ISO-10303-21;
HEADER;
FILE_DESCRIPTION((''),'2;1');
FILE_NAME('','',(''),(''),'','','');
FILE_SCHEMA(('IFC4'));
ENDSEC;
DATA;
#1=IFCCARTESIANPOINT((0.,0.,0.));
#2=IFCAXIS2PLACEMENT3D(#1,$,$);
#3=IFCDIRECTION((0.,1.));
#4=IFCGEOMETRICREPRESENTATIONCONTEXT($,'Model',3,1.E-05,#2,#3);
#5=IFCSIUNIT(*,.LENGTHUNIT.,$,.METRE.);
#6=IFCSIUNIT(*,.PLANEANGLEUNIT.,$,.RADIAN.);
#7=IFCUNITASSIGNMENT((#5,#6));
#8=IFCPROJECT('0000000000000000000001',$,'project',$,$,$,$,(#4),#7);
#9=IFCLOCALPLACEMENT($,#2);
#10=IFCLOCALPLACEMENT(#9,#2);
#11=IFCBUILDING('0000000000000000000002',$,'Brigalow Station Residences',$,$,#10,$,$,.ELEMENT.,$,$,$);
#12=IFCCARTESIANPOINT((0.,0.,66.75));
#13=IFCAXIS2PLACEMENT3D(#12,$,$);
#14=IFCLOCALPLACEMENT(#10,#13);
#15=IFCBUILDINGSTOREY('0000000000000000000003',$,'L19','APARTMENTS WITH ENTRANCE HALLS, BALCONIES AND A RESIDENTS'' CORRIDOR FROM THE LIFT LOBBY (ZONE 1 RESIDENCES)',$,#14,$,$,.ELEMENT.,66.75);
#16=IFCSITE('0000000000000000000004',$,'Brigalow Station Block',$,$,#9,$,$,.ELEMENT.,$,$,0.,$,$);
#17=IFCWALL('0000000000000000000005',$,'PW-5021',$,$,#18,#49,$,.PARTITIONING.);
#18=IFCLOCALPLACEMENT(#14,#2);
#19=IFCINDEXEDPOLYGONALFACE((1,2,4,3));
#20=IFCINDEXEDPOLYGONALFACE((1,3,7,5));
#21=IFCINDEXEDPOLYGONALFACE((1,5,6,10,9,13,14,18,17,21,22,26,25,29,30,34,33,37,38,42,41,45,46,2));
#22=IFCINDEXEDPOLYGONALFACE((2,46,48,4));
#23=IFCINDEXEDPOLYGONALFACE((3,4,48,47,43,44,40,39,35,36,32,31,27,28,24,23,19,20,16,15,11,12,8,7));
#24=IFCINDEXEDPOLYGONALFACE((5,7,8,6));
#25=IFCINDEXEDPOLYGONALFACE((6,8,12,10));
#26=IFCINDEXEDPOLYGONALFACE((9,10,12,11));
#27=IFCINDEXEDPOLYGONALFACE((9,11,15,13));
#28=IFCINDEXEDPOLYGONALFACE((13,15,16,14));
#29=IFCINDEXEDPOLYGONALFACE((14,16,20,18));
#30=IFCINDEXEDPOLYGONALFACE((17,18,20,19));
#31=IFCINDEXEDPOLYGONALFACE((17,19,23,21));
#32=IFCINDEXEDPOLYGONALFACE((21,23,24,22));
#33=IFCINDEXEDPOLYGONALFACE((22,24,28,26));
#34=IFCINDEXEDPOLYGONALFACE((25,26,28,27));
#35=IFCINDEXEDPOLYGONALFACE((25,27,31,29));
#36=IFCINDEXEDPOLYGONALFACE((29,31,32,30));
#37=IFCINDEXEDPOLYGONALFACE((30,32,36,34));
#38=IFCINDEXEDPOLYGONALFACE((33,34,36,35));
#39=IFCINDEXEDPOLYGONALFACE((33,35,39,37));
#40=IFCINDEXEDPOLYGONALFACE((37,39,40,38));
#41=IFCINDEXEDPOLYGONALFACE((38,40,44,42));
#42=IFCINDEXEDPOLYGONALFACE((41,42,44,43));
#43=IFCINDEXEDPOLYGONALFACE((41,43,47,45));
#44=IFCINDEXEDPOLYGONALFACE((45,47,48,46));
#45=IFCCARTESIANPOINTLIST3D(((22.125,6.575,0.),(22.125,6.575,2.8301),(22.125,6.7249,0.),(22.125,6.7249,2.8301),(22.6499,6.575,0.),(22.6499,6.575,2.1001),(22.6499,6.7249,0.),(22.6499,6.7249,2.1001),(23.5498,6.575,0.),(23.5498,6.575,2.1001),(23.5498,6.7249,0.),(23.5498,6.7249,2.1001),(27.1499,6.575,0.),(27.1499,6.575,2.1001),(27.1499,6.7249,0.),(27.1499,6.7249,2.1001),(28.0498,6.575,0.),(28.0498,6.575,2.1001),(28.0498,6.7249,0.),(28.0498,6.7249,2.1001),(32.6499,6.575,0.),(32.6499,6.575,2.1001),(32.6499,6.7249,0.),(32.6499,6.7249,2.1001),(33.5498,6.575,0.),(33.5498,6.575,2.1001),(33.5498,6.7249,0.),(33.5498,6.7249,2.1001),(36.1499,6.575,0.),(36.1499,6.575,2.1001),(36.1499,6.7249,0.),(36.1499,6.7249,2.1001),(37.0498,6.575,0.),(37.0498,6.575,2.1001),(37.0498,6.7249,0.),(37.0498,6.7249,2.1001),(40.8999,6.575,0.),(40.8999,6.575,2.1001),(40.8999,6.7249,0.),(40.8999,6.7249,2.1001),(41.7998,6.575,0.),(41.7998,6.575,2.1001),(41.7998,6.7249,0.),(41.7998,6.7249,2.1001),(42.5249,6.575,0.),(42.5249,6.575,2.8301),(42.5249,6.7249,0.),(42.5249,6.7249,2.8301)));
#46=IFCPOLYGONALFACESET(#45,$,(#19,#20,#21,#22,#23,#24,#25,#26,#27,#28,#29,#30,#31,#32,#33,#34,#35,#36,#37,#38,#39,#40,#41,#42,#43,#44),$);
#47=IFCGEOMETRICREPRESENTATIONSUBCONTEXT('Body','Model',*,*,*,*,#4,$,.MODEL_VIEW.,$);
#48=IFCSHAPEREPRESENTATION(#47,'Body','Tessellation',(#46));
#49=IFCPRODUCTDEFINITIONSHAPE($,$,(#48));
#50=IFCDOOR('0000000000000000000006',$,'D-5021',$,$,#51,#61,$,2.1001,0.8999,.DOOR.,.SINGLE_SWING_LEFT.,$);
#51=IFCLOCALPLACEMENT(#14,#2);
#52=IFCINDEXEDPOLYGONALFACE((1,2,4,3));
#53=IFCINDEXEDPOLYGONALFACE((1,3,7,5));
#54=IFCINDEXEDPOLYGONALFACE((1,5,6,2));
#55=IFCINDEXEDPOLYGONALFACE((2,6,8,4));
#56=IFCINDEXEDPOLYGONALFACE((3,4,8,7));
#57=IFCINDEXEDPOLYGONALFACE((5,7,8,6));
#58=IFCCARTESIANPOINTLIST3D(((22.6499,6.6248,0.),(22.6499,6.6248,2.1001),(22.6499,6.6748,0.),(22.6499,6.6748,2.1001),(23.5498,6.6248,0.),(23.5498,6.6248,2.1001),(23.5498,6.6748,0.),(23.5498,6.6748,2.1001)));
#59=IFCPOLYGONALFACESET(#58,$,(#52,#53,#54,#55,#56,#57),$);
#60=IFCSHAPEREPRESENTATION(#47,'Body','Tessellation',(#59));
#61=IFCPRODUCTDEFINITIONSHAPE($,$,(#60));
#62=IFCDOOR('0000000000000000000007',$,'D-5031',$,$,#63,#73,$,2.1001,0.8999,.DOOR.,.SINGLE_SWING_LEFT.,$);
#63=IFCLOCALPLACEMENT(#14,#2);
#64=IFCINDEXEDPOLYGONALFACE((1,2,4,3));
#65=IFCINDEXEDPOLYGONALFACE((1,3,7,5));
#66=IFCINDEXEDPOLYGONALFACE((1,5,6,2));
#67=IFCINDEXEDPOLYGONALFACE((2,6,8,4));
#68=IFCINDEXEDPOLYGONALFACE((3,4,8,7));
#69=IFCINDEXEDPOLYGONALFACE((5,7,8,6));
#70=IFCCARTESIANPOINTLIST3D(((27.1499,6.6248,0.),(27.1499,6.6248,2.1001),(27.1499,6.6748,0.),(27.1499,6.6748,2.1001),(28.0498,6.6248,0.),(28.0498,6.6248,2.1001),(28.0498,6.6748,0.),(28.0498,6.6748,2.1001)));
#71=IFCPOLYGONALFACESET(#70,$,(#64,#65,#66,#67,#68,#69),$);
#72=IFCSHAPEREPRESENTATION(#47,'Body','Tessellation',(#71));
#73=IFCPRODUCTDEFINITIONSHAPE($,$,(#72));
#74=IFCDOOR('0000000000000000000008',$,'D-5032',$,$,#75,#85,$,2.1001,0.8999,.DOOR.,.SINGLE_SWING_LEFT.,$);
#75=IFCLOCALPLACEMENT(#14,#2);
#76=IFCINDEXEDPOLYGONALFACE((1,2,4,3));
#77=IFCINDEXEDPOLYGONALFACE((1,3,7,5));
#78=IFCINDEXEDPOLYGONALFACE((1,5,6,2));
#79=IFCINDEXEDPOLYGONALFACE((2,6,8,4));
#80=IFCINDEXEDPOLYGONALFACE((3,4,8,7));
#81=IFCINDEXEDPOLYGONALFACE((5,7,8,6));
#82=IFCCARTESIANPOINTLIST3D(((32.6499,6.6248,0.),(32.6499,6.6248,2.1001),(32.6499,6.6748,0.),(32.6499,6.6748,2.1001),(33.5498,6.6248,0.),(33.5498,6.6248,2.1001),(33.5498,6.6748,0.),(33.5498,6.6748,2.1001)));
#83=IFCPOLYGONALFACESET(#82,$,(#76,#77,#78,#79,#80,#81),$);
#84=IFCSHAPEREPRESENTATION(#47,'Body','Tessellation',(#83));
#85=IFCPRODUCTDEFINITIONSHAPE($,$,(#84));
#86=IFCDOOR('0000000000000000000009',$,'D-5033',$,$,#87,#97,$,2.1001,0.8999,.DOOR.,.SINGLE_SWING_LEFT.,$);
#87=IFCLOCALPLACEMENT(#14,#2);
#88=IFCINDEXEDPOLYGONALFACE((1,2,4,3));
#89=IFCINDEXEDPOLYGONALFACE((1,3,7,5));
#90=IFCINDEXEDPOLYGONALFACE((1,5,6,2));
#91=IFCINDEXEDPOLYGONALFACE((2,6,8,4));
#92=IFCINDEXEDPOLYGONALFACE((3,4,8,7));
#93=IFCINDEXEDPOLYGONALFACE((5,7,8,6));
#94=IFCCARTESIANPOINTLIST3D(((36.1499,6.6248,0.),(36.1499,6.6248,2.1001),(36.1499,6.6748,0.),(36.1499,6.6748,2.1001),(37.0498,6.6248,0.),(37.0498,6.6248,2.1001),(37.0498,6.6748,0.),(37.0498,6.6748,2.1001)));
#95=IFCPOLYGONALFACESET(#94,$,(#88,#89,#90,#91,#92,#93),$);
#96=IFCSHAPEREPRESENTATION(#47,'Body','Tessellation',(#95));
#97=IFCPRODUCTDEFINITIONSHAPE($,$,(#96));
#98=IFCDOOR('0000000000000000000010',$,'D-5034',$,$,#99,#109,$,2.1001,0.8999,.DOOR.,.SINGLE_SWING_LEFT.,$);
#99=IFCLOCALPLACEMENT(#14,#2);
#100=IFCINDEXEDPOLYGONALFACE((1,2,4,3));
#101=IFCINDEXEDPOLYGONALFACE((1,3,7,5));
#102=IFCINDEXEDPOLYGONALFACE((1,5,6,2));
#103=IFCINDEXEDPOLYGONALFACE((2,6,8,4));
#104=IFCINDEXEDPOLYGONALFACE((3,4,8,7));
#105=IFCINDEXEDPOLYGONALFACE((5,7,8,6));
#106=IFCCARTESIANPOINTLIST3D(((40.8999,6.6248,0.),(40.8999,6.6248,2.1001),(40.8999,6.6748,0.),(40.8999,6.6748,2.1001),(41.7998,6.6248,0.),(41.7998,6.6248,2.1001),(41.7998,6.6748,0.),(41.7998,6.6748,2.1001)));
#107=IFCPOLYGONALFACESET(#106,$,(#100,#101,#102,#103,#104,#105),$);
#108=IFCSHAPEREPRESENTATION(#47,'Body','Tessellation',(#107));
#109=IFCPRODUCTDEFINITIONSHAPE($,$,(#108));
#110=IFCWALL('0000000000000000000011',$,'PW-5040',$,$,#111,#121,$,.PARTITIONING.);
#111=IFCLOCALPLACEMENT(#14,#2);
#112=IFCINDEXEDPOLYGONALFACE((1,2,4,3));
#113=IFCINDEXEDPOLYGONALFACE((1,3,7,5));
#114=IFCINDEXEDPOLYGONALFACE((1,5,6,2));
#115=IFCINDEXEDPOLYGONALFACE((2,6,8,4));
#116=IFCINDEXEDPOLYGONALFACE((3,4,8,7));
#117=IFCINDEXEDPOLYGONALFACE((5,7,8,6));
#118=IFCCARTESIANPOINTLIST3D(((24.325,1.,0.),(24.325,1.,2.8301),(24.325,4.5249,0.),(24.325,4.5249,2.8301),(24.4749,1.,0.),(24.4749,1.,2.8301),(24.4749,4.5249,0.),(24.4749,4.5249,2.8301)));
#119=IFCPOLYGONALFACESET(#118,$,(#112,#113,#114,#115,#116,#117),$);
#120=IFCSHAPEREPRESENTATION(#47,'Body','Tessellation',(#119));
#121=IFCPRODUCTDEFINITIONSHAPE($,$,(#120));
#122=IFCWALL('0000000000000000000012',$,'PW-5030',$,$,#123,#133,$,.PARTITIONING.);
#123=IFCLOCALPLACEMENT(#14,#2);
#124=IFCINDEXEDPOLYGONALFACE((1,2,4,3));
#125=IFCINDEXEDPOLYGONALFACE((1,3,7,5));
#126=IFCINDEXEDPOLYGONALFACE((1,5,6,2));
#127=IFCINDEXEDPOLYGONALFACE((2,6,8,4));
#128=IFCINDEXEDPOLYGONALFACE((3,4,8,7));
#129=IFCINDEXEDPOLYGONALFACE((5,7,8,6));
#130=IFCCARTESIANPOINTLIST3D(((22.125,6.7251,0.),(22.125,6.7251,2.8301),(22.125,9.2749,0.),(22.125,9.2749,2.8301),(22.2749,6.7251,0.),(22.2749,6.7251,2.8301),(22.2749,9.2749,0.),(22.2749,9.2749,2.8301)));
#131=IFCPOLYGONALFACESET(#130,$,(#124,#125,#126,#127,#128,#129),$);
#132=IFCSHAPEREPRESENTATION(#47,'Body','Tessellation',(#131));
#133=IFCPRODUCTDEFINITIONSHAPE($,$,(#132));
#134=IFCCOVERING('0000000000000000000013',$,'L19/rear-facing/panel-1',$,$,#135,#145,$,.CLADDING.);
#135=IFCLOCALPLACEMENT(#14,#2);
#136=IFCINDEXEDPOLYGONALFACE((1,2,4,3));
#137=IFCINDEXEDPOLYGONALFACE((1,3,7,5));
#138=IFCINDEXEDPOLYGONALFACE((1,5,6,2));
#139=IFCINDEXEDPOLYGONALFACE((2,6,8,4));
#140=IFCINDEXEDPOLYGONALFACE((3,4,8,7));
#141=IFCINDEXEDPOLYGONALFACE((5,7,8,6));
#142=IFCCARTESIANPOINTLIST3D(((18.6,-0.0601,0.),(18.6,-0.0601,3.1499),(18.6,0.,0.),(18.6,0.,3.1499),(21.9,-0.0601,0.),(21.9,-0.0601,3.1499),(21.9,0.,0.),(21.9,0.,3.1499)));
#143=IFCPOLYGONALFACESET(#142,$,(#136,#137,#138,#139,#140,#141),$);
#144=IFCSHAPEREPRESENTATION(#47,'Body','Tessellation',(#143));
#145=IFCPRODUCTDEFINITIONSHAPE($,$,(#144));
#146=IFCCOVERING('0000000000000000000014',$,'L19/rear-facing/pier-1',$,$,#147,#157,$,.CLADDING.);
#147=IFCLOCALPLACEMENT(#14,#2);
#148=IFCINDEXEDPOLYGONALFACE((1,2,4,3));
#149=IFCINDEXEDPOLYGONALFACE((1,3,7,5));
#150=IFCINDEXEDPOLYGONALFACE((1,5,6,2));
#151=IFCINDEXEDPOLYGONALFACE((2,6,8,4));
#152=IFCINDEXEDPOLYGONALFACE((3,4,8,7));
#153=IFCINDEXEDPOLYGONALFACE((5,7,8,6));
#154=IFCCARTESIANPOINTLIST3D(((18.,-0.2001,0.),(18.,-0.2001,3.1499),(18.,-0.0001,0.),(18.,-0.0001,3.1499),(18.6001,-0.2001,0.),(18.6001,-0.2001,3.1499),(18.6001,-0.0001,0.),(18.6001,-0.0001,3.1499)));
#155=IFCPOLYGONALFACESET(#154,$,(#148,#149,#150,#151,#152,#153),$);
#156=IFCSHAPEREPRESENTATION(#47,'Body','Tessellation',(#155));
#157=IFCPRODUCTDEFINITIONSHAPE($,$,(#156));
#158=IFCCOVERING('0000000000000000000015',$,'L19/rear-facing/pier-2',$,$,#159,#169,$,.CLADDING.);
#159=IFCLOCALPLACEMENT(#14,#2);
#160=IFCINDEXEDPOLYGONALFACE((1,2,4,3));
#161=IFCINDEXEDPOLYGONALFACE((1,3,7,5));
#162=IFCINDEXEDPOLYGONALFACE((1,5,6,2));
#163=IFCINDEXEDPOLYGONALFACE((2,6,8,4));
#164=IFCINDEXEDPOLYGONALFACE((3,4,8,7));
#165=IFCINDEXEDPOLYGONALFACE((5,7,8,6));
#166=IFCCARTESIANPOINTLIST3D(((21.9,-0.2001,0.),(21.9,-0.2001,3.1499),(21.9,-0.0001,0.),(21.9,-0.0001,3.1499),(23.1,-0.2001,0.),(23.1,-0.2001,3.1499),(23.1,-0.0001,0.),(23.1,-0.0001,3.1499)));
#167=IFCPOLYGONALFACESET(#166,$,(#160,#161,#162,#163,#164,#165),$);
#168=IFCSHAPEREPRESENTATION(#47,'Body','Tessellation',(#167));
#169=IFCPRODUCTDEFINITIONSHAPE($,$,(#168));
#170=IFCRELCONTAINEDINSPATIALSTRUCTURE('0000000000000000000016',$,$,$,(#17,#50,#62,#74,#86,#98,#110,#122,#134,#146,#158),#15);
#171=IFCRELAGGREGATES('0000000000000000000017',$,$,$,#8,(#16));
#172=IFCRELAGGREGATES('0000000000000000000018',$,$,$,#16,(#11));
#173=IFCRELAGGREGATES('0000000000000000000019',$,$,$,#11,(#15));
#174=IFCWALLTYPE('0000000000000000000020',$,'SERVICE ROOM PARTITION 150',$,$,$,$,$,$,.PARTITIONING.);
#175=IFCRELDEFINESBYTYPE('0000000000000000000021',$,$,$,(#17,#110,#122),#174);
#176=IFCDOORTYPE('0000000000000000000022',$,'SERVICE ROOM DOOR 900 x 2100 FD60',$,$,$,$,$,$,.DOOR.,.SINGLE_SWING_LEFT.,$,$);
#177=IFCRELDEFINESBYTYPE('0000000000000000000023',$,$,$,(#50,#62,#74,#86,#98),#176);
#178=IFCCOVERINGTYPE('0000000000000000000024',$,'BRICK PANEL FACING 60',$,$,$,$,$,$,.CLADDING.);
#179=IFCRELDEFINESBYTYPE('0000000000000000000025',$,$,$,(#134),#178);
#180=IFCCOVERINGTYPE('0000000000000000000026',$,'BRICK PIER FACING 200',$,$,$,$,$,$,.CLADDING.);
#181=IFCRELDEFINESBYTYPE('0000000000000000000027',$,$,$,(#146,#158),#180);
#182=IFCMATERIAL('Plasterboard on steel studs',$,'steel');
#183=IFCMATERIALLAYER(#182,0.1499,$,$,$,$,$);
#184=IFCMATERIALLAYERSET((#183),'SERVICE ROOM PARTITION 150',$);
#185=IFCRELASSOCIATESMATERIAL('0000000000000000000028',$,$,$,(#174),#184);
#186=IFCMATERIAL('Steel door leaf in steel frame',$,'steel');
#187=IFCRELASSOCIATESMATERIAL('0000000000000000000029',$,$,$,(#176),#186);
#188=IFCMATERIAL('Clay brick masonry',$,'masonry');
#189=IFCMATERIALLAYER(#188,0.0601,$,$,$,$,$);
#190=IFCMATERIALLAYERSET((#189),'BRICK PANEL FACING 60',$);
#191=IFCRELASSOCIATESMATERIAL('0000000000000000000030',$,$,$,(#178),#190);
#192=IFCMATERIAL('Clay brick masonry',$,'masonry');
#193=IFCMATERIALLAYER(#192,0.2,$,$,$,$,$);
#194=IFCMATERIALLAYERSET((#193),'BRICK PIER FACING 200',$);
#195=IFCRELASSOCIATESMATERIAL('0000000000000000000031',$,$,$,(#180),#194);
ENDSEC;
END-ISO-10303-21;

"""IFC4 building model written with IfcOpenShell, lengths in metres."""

from ifc_helpers import new_model, si_unit, direction, frame, frame_2d, origin, origin_2d, place, context, subcontext, project, spatial, rectangle, extrude, material, layer, layer_set, type_object, element, fill, save


model = new_model("IFC4")

# Units and contexts
model_context = context("Model", 3, precision=1e-05, world=origin(), true_north=direction((0.0, 1.0)))
body_context = subcontext(model_context, "Body", "Model", "MODEL_VIEW")
ifc_project = project(units=[si_unit("LENGTHUNIT", "METRE"), si_unit("PLANEANGLEUNIT", "RADIAN")], contexts=[model_context])

# Site, building, storey
site_placement = place(None, origin())
site = spatial("IfcSite", under=ifc_project, at=site_placement, Name="Brigalow Station Block", CompositionType="ELEMENT", RefElevation=0.0)
building_placement = place(site_placement, origin())
building = spatial("IfcBuilding", under=site, at=building_placement, Name="Brigalow Station Residences", CompositionType="ELEMENT")
storey_placement = place(building_placement, frame((0.0, 0.0, 66.75)))
storey = spatial("IfcBuildingStorey", under=building, at=storey_placement, Name="L19", Description="APARTMENTS WITH ENTRANCE HALLS, BALCONIES AND A RESIDENTS' CORRIDOR FROM THE LIFT LOBBY (ZONE 1 RESIDENCES)", CompositionType="ELEMENT", Elevation=66.75)

# Wall, openings, doors
ifc_material_1 = material(Name="Plasterboard on steel studs", Category="steel")
ifc_layer_1 = layer(ifc_material_1, 0.1499)
ifc_layer_set_1 = layer_set([ifc_layer_1], Name="SERVICE ROOM PARTITION 150")
wall_type_1 = type_object("IfcWallType", Name="SERVICE ROOM PARTITION 150", PredefinedType="PARTITIONING", material=ifc_layer_set_1)
ifc_material_2 = material(Name="Steel door leaf in steel frame", Category="steel")
door_type = type_object("IfcDoorType", Name="SERVICE ROOM DOOR 900 x 2100 FD60", OperationType="SINGLE_SWING_LEFT", PredefinedType="DOOR", material=ifc_material_2)
wall_1_placement = place(storey_placement, frame((22.125, 6.6499, 0.0), z_axis=(0.0, 0.0, 1.0), x_axis=(1.0, 0.0, 0.0)))
wall_1 = element("IfcWall", 1, at=wall_1_placement, inside=storey, type_object=wall_type_1, Name="PW-5021", PredefinedType="PARTITIONING", context=body_context, shape_type="SweptSolid", body=[
    extrude(rectangle(XDim=20.3999, YDim=0.1499, at=frame_2d((10.2, 0.0))), origin(), (0.0, 0.0, 1.0), 2.8301),
])
opening_1_placement = place(wall_1_placement, frame((0.5249, 0.0, 0.0)))
opening_1 = element("IfcOpeningElement", 2, at=opening_1_placement, cuts=wall_1, PredefinedType="OPENING", context=body_context, shape_type="SweptSolid", body=[
    extrude(rectangle(XDim=0.8999, YDim=2.1001, at=frame_2d((0.45, 1.05))), frame((0.0, 0.085, 0.0), z_axis=(0.0, -1.0, 0.0), x_axis=(1.0, 0.0, 0.0)), (0.0, 0.0, 1.0), 0.1699),
])
opening_2_placement = place(wall_1_placement, frame((5.0249, 0.0, 0.0)))
opening_2 = element("IfcOpeningElement", 3, at=opening_2_placement, cuts=wall_1, PredefinedType="OPENING", context=body_context, shape_type="SweptSolid", body=[
    extrude(rectangle(XDim=0.8999, YDim=2.1001, at=frame_2d((0.45, 1.05))), frame((0.0, 0.085, 0.0), z_axis=(0.0, -1.0, 0.0), x_axis=(1.0, 0.0, 0.0)), (0.0, 0.0, 1.0), 0.1699),
])
opening_3_placement = place(wall_1_placement, frame((10.5249, 0.0, 0.0)))
opening_3 = element("IfcOpeningElement", 4, at=opening_3_placement, cuts=wall_1, PredefinedType="OPENING", context=body_context, shape_type="SweptSolid", body=[
    extrude(rectangle(XDim=0.8999, YDim=2.1001, at=frame_2d((0.45, 1.05))), frame((0.0, 0.085, 0.0), z_axis=(0.0, -1.0, 0.0), x_axis=(1.0, 0.0, 0.0)), (0.0, 0.0, 1.0), 0.1699),
])
opening_4_placement = place(wall_1_placement, frame((14.0249, 0.0, 0.0)))
opening_4 = element("IfcOpeningElement", 5, at=opening_4_placement, cuts=wall_1, PredefinedType="OPENING", context=body_context, shape_type="SweptSolid", body=[
    extrude(rectangle(XDim=0.8999, YDim=2.1001, at=frame_2d((0.45, 1.05))), frame((0.0, 0.085, 0.0), z_axis=(0.0, -1.0, 0.0), x_axis=(1.0, 0.0, 0.0)), (0.0, 0.0, 1.0), 0.1699),
])
opening_5_placement = place(wall_1_placement, frame((18.7749, 0.0, 0.0)))
opening_5 = element("IfcOpeningElement", 6, at=opening_5_placement, cuts=wall_1, PredefinedType="OPENING", context=body_context, shape_type="SweptSolid", body=[
    extrude(rectangle(XDim=0.8999, YDim=2.1001, at=frame_2d((0.45, 1.05))), frame((0.0, 0.085, 0.0), z_axis=(0.0, -1.0, 0.0), x_axis=(1.0, 0.0, 0.0)), (0.0, 0.0, 1.0), 0.1699),
])
door_1_placement = place(opening_1_placement, origin())
door_1 = element("IfcDoor", 7, at=door_1_placement, inside=storey, type_object=door_type, Name="D-5021", OperationType="SINGLE_SWING_LEFT", OverallHeight=2.1001, OverallWidth=0.8999, PredefinedType="DOOR", context=body_context, shape_type="SweptSolid", body=[
    extrude(rectangle(XDim=0.8999, YDim=2.1001, at=frame_2d((0.45, 1.05))), frame((0.0, 0.0249, 0.0), z_axis=(0.0, -1.0, 0.0), x_axis=(1.0, 0.0, 0.0)), (0.0, 0.0, 1.0), 0.05),
])
fill(opening_1, door_1)
door_2_placement = place(opening_2_placement, origin())
door_2 = element("IfcDoor", 8, at=door_2_placement, inside=storey, type_object=door_type, Name="D-5031", OperationType="SINGLE_SWING_LEFT", OverallHeight=2.1001, OverallWidth=0.8999, PredefinedType="DOOR", context=body_context, shape_type="SweptSolid", body=[
    extrude(rectangle(XDim=0.8999, YDim=2.1001, at=frame_2d((0.45, 1.05))), frame((0.0, 0.0249, 0.0), z_axis=(0.0, -1.0, 0.0), x_axis=(1.0, 0.0, 0.0)), (0.0, 0.0, 1.0), 0.05),
])
fill(opening_2, door_2)
door_3_placement = place(opening_3_placement, origin())
door_3 = element("IfcDoor", 9, at=door_3_placement, inside=storey, type_object=door_type, Name="D-5032", OperationType="SINGLE_SWING_LEFT", OverallHeight=2.1001, OverallWidth=0.8999, PredefinedType="DOOR", context=body_context, shape_type="SweptSolid", body=[
    extrude(rectangle(XDim=0.8999, YDim=2.1001, at=frame_2d((0.45, 1.05))), frame((0.0, 0.0249, 0.0), z_axis=(0.0, -1.0, 0.0), x_axis=(1.0, 0.0, 0.0)), (0.0, 0.0, 1.0), 0.05),
])
fill(opening_3, door_3)
door_4_placement = place(opening_4_placement, origin())
door_4 = element("IfcDoor", 10, at=door_4_placement, inside=storey, type_object=door_type, Name="D-5033", OperationType="SINGLE_SWING_LEFT", OverallHeight=2.1001, OverallWidth=0.8999, PredefinedType="DOOR", context=body_context, shape_type="SweptSolid", body=[
    extrude(rectangle(XDim=0.8999, YDim=2.1001, at=frame_2d((0.45, 1.05))), frame((0.0, 0.0249, 0.0), z_axis=(0.0, -1.0, 0.0), x_axis=(1.0, 0.0, 0.0)), (0.0, 0.0, 1.0), 0.05),
])
fill(opening_4, door_4)
door_5_placement = place(opening_5_placement, origin())
door_5 = element("IfcDoor", 11, at=door_5_placement, inside=storey, type_object=door_type, Name="D-5034", OperationType="SINGLE_SWING_LEFT", OverallHeight=2.1001, OverallWidth=0.8999, PredefinedType="DOOR", context=body_context, shape_type="SweptSolid", body=[
    extrude(rectangle(XDim=0.8999, YDim=2.1001, at=frame_2d((0.45, 1.05))), frame((0.0, 0.0249, 0.0), z_axis=(0.0, -1.0, 0.0), x_axis=(1.0, 0.0, 0.0)), (0.0, 0.0, 1.0), 0.05),
])
fill(opening_5, door_5)

# Walls
wall_2_placement = place(storey_placement, frame((24.3999, 1.0, 0.0), z_axis=(0.0, 0.0, 1.0), x_axis=(0.0, 1.0, 0.0)))
element("IfcWall", 12, at=wall_2_placement, inside=storey, type_object=wall_type_1, Name="PW-5040", PredefinedType="PARTITIONING", context=body_context, shape_type="SweptSolid", body=[
    extrude(rectangle(XDim=3.5249, YDim=0.1499, at=frame_2d((1.7625, 0.0))), origin(), (0.0, 0.0, 1.0), 2.8301),
])
wall_3_placement = place(storey_placement, frame((22.2, 6.7251, 0.0), z_axis=(0.0, 0.0, 1.0), x_axis=(0.0, 1.0, 0.0)))
element("IfcWall", 13, at=wall_3_placement, inside=storey, type_object=wall_type_1, Name="PW-5030", PredefinedType="PARTITIONING", context=body_context, shape_type="SweptSolid", body=[
    extrude(rectangle(XDim=2.5498, YDim=0.1499, at=frame_2d((1.2749, 0.0))), origin(), (0.0, 0.0, 1.0), 2.8301),
])

# Coverings
ifc_material_3 = material(Name="Clay brick masonry", Category="masonry")
ifc_layer_2 = layer(ifc_material_3, 0.0601)
ifc_layer_set_2 = layer_set([ifc_layer_2], Name="BRICK PANEL FACING 60")
covering_type_1 = type_object("IfcCoveringType", Name="BRICK PANEL FACING 60", PredefinedType="CLADDING", material=ifc_layer_set_2)
covering_1_placement = place(storey_placement, frame((20.25, -0.03, 0.0), z_axis=(0.0, 0.0, 1.0), x_axis=(1.0, 0.0, 0.0)))
element("IfcCovering", 14, at=covering_1_placement, inside=storey, type_object=covering_type_1, Name="L19/rear-facing/panel-1", PredefinedType="CLADDING", context=body_context, shape_type="SweptSolid", body=[
    extrude(rectangle(XDim=3.3, YDim=0.0601, at=origin_2d()), origin(), (0.0, 0.0, 1.0), 3.1499),
])
ifc_material_4 = material(Name="Clay brick masonry", Category="masonry")
ifc_layer_3 = layer(ifc_material_4, 0.2)
ifc_layer_set_3 = layer_set([ifc_layer_3], Name="BRICK PIER FACING 200")
covering_type_2 = type_object("IfcCoveringType", Name="BRICK PIER FACING 200", PredefinedType="CLADDING", material=ifc_layer_set_3)
covering_2_placement = place(storey_placement, frame((18.3, -0.1001, 0.0), z_axis=(0.0, 0.0, 1.0), x_axis=(1.0, 0.0, 0.0)))
element("IfcCovering", 15, at=covering_2_placement, inside=storey, type_object=covering_type_2, Name="L19/rear-facing/pier-1", PredefinedType="CLADDING", context=body_context, shape_type="SweptSolid", body=[
    extrude(rectangle(XDim=0.6001, YDim=0.2, at=origin_2d()), origin(), (0.0, 0.0, 1.0), 3.1499),
])
covering_3_placement = place(storey_placement, frame((22.5, -0.1001, 0.0), z_axis=(0.0, 0.0, 1.0), x_axis=(1.0, 0.0, 0.0)))
element("IfcCovering", 16, at=covering_3_placement, inside=storey, type_object=covering_type_2, Name="L19/rear-facing/pier-2", PredefinedType="CLADDING", context=body_context, shape_type="SweptSolid", body=[
    extrude(rectangle(XDim=1.2, YDim=0.2, at=origin_2d()), origin(), (0.0, 0.0, 1.0), 3.1499),
])

save(model, "model.ifc")
